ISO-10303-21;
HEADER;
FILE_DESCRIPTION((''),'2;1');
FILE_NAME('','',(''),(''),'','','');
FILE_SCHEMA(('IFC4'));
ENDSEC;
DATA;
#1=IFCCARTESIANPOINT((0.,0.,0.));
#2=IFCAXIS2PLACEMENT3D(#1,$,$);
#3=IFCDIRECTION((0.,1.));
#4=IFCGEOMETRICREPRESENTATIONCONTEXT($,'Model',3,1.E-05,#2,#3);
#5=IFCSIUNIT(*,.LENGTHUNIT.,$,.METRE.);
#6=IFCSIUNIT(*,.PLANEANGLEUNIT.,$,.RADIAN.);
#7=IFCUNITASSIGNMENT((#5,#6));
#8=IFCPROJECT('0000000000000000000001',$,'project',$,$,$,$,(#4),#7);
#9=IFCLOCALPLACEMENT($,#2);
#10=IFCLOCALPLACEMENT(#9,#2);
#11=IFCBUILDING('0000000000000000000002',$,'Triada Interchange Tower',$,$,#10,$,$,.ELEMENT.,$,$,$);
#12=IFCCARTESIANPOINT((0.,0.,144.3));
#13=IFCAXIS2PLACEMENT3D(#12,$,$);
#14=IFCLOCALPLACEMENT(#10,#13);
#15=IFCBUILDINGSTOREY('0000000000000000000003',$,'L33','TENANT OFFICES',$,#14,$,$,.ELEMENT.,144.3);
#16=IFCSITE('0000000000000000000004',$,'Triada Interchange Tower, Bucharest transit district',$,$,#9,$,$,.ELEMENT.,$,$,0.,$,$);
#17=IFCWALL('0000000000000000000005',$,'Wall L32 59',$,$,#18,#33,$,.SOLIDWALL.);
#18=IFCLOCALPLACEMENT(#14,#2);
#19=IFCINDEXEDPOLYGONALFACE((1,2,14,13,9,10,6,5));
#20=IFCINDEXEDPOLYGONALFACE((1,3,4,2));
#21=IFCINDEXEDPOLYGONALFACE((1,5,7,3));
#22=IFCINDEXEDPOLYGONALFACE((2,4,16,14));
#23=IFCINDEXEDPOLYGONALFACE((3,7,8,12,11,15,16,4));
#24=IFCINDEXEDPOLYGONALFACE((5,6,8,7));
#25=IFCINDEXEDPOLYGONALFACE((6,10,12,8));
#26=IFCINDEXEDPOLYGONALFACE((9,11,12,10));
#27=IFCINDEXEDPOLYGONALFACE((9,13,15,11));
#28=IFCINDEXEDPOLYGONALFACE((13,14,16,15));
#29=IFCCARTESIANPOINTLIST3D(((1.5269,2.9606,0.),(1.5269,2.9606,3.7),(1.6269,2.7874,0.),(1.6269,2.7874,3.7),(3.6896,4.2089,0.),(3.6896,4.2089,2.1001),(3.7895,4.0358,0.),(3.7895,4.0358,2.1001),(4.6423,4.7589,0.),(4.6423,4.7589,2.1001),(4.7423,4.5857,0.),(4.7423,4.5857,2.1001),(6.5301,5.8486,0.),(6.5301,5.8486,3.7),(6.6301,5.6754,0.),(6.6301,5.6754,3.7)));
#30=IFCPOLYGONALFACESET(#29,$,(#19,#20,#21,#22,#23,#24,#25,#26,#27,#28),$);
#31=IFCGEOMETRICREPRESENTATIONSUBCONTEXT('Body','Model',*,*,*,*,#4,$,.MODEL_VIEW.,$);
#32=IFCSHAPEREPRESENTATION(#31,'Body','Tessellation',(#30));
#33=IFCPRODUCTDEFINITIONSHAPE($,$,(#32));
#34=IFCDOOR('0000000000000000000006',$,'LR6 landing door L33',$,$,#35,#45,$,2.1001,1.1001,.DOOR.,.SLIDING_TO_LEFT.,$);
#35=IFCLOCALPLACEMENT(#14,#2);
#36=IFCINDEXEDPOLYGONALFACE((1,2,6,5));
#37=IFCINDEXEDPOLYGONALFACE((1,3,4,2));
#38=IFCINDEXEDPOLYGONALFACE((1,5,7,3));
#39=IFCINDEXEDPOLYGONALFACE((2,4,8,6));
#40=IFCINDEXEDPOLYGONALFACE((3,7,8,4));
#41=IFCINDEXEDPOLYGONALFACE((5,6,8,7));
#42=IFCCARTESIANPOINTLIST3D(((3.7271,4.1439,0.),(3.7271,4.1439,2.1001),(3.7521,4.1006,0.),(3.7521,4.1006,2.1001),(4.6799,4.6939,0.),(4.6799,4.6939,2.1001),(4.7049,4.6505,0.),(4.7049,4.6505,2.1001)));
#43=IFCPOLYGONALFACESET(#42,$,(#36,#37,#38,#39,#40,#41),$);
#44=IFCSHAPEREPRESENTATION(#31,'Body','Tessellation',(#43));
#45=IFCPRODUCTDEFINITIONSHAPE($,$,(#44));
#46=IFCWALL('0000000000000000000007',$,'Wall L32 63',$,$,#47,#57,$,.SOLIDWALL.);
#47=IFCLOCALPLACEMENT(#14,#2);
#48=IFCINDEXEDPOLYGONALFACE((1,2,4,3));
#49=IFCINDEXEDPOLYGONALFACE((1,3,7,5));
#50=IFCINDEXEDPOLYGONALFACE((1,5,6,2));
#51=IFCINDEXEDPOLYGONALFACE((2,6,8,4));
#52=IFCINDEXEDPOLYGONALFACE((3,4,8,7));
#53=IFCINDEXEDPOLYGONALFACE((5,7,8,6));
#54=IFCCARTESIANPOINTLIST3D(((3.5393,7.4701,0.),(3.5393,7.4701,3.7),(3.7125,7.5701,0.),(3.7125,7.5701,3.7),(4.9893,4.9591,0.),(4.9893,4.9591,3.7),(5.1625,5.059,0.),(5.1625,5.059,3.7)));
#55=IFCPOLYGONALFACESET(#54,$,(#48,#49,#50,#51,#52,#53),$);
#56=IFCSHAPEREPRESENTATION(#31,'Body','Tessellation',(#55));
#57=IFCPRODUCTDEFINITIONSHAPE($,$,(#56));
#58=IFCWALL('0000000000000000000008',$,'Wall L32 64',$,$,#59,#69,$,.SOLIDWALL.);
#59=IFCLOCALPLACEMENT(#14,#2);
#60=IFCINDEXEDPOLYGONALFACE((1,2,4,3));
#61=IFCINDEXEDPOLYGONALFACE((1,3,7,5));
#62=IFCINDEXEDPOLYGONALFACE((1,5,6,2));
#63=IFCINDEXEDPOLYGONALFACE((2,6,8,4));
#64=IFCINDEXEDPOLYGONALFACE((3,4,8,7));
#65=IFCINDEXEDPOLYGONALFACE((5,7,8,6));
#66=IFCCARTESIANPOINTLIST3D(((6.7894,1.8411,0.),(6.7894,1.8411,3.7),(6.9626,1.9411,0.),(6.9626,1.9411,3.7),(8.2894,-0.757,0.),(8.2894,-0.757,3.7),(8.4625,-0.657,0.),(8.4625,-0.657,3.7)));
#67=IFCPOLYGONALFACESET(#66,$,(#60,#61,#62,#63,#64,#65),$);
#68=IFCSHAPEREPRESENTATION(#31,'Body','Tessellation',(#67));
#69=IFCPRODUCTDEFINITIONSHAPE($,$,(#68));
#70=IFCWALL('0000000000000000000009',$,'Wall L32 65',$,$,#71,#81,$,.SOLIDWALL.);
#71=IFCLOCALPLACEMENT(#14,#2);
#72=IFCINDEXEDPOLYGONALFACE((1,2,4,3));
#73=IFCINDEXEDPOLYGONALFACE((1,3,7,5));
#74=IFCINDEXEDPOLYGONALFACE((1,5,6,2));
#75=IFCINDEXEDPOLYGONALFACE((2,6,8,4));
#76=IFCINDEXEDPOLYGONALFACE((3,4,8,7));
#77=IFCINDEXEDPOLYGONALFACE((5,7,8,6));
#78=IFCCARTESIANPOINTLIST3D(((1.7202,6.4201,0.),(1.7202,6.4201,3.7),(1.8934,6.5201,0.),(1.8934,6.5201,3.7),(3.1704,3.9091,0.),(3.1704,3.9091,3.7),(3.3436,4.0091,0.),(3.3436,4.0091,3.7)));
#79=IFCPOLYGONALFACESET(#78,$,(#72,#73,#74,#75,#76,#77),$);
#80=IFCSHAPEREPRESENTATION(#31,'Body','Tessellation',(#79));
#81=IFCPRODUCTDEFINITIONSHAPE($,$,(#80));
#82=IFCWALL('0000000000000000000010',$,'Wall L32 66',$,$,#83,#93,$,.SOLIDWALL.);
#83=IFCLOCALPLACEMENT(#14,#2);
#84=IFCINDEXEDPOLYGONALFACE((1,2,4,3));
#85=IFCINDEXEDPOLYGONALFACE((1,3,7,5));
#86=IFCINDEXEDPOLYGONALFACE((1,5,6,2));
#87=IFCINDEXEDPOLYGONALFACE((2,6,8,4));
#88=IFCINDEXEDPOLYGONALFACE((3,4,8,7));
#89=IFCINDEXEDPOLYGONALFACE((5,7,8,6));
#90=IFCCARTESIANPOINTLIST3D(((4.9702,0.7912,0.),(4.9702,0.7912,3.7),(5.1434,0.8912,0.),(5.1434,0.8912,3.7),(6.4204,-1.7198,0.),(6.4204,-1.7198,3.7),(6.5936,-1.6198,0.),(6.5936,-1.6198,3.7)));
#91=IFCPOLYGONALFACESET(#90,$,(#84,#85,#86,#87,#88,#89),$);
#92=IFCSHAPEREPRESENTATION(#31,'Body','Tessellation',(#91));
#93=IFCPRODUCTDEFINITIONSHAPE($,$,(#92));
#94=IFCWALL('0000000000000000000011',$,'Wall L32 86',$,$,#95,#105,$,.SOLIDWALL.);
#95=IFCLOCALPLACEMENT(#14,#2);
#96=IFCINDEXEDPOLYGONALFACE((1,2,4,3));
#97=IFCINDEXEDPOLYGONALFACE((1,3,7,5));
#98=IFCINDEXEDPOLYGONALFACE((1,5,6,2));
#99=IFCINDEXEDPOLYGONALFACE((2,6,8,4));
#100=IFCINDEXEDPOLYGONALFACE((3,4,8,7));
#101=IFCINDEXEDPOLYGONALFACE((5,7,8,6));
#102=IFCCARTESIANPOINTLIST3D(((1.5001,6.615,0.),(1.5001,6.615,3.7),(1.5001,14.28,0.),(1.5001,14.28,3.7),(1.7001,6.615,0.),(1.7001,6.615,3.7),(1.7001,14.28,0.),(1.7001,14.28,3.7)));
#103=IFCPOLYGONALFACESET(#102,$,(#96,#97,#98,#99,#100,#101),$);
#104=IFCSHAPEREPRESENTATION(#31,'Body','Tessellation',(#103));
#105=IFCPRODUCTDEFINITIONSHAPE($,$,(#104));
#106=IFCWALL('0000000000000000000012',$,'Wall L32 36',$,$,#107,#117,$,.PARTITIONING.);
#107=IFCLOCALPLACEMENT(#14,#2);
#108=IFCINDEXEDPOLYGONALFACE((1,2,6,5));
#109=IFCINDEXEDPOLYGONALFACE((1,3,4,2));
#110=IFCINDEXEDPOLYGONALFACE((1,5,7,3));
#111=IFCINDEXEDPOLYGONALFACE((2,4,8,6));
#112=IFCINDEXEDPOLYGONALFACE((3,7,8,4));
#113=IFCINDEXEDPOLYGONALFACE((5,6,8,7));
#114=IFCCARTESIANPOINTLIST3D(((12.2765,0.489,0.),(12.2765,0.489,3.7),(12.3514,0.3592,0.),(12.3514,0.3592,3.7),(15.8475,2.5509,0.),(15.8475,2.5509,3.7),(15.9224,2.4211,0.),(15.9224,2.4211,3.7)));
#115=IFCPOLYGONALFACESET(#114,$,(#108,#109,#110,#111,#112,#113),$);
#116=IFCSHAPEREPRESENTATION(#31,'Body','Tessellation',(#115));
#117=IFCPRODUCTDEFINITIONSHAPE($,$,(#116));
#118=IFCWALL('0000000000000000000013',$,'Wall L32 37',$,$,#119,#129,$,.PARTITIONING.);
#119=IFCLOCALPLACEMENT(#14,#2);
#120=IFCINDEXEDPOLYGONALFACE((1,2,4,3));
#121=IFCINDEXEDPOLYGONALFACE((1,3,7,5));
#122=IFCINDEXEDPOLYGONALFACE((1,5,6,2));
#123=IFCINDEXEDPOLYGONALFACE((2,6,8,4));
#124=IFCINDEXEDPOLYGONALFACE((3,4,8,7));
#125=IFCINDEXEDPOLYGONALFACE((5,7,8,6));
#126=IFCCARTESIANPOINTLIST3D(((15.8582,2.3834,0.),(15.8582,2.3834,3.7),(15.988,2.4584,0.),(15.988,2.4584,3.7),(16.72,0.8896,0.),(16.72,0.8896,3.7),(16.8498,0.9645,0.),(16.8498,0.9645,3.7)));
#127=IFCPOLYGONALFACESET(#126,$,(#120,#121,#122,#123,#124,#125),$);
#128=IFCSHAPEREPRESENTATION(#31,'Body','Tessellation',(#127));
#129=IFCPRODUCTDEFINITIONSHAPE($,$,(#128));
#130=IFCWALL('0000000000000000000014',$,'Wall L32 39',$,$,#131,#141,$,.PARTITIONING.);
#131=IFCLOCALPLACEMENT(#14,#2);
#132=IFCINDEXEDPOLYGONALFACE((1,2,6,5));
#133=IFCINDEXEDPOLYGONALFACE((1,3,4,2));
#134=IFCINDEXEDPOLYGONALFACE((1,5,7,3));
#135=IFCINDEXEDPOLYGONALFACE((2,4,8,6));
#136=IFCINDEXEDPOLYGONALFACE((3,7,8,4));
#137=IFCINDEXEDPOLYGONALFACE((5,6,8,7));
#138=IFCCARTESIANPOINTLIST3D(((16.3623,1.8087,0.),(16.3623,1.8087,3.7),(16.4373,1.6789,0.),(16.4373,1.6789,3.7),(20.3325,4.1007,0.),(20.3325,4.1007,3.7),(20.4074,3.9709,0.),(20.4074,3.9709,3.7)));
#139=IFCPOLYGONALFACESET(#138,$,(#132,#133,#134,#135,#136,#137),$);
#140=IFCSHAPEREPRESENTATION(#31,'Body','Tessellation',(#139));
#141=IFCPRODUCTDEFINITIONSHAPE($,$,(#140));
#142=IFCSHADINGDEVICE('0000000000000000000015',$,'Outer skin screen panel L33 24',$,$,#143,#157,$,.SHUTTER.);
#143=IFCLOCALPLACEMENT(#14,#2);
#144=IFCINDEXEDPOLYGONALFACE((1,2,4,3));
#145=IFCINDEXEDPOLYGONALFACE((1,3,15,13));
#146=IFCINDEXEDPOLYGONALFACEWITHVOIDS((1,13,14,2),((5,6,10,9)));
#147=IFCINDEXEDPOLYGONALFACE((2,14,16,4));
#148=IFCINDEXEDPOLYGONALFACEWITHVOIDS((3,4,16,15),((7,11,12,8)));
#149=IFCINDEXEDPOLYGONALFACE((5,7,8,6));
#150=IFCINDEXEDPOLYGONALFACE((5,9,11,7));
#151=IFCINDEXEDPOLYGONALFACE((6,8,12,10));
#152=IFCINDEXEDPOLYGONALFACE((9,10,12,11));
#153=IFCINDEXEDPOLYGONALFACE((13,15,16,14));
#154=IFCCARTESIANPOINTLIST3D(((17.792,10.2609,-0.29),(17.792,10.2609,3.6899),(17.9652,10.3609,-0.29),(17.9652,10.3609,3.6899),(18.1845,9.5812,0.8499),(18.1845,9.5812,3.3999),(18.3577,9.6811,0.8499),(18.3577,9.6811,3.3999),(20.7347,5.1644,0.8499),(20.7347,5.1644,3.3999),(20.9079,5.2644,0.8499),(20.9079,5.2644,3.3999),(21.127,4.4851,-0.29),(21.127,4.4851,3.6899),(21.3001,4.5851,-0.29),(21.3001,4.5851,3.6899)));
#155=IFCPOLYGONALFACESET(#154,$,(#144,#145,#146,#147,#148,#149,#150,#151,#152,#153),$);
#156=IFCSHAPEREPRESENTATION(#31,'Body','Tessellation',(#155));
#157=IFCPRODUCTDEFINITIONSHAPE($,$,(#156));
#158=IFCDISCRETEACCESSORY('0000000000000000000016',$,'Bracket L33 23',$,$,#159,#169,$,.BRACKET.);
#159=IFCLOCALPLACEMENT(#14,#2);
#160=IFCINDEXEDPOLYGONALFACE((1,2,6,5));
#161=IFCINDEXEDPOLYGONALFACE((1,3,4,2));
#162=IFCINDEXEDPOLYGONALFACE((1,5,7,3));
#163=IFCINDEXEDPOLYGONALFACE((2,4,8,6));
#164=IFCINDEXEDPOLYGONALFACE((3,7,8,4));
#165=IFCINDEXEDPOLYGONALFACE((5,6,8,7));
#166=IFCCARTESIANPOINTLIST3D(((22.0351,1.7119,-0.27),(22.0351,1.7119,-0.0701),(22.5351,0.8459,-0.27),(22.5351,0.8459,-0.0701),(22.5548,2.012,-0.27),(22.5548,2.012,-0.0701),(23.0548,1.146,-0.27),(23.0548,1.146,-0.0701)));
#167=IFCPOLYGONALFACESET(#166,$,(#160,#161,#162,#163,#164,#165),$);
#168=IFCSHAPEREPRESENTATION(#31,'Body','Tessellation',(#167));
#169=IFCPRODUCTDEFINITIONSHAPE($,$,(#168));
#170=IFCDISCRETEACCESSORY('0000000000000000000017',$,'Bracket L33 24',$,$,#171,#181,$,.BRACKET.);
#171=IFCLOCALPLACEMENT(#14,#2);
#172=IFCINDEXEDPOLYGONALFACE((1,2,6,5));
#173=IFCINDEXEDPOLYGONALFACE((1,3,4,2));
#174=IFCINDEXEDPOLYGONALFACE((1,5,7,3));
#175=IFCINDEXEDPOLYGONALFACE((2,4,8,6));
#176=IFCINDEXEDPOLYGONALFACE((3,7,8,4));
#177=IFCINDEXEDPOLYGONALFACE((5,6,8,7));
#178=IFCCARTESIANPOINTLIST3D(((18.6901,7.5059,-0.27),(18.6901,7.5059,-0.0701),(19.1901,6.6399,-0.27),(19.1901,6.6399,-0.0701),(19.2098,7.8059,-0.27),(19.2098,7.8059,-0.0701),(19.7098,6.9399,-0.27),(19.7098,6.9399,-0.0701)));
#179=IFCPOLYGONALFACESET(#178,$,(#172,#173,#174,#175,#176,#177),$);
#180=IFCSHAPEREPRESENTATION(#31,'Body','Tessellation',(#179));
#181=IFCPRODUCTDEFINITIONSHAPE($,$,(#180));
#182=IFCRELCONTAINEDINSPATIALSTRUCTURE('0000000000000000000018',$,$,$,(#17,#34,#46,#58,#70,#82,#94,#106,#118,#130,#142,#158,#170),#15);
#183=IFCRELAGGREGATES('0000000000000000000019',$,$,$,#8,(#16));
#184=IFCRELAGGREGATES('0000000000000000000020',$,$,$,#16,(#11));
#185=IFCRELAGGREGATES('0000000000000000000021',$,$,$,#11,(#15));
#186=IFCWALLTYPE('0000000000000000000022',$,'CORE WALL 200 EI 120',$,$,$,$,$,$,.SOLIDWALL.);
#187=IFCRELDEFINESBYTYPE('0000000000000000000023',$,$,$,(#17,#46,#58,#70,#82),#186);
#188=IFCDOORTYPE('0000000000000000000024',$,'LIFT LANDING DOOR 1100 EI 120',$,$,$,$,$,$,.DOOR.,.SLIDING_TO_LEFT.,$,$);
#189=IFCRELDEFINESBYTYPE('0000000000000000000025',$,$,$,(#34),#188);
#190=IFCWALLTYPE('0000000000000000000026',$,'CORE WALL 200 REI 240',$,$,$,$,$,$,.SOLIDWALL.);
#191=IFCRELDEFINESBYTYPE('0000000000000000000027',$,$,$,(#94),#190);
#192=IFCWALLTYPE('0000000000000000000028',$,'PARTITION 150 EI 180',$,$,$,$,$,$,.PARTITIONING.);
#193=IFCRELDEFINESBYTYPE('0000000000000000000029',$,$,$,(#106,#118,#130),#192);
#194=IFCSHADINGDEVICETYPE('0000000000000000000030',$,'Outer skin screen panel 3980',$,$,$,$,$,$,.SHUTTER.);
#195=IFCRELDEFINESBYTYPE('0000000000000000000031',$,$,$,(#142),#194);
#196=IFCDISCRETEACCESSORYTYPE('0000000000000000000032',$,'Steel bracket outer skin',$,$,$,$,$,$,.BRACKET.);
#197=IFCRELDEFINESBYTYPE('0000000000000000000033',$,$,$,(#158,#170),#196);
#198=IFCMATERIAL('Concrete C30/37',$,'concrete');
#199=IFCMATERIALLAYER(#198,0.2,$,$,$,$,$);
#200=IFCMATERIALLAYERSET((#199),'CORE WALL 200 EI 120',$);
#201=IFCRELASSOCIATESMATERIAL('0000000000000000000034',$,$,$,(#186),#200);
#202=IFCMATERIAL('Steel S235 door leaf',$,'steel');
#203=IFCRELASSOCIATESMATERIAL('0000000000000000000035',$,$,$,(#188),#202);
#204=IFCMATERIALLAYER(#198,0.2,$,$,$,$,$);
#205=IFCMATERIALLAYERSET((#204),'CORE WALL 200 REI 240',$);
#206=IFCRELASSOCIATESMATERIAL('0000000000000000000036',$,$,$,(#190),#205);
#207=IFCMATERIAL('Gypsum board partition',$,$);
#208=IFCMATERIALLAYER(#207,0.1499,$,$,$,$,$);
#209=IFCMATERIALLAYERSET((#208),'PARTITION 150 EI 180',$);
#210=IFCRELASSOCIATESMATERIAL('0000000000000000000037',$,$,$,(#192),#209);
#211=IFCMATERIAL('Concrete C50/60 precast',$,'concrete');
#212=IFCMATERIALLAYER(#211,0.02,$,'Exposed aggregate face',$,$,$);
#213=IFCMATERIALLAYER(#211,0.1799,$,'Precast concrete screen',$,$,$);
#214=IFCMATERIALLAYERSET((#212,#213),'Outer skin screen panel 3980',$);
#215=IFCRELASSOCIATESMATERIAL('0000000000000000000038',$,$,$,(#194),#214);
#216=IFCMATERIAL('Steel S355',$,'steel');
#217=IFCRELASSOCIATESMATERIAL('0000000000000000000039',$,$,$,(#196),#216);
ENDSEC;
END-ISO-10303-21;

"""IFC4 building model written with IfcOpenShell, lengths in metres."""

from ifc_helpers import new_model, si_unit, direction, frame, frame_2d, origin, origin_2d, place, context, subcontext, project, spatial, polyline, rectangle, outline, extrude, material, layer, layer_set, type_object, element, fill, save


model = new_model("IFC4")

# Units and contexts
model_context = context("Model", 3, precision=1e-05, world=origin(), true_north=direction((0.0, 1.0)))
body_context = subcontext(model_context, "Body", "Model", "MODEL_VIEW")
ifc_project = project(units=[si_unit("LENGTHUNIT", "METRE"), si_unit("PLANEANGLEUNIT", "RADIAN")], contexts=[model_context])

# Site, building, storey
site_placement = place(None, origin())
site = spatial("IfcSite", under=ifc_project, at=site_placement, Name="Triada Interchange Tower, Bucharest transit district", CompositionType="ELEMENT", RefElevation=0.0)
building_placement = place(site_placement, origin())
building = spatial("IfcBuilding", under=site, at=building_placement, Name="Triada Interchange Tower", CompositionType="ELEMENT")
storey_placement = place(building_placement, frame((0.0, 0.0, 144.3)))
storey = spatial("IfcBuildingStorey", under=building, at=storey_placement, Name="L33", Description="TENANT OFFICES", CompositionType="ELEMENT", Elevation=144.3)

# Wall, opening, door
ifc_material_1 = material(Name="Concrete C30/37", Category="concrete")
ifc_layer_1 = layer(ifc_material_1, 0.2)
ifc_layer_set_1 = layer_set([ifc_layer_1], Name="CORE WALL 200 EI 120")
wall_type_1 = type_object("IfcWallType", Name="CORE WALL 200 EI 120", PredefinedType="SOLIDWALL", material=ifc_layer_set_1)
ifc_material_2 = material(Name="Steel S235 door leaf", Category="steel")
door_type = type_object("IfcDoorType", Name="LIFT LANDING DOOR 1100 EI 120", OperationType="SLIDING_TO_LEFT", PredefinedType="DOOR", material=ifc_material_2)
wall_1_placement = place(storey_placement, frame((1.5769, 2.874, 0.0), z_axis=(0.0, 0.0, 1.0), x_axis=(0.866074, 0.499916, 0.0)))
wall_1 = element("IfcWall", 1, at=wall_1_placement, inside=storey, type_object=wall_type_1, Name="Wall L32 59", PredefinedType="SOLIDWALL", context=body_context, shape_type="SweptSolid", body=[
    extrude(rectangle(XDim=5.7769, YDim=0.2, at=frame_2d((2.8884, 0.0))), origin(), (0.0, 0.0, 1.0), 3.7),
])
opening_1_placement = place(wall_1_placement, frame((2.4971, 0.0, 0.0)))
opening_1 = element("IfcOpeningElement", 2, at=opening_1_placement, cuts=wall_1, PredefinedType="OPENING", context=body_context, shape_type="SweptSolid", body=[
    extrude(rectangle(XDim=1.1001, YDim=2.1001, at=frame_2d((0.55, 1.05))), frame((0.0, 0.1099, 0.0), z_axis=(0.0, -1.0, 0.0), x_axis=(1.0, 0.0, 0.0)), (0.0, 0.0, 1.0), 0.22),
])
door_1_placement = place(opening_1_placement, origin())
door_1 = element("IfcDoor", 3, at=door_1_placement, inside=storey, type_object=door_type, Name="LR6 landing door L33", OperationType="SLIDING_TO_LEFT", OverallHeight=2.1001, OverallWidth=1.1001, PredefinedType="DOOR", context=body_context, shape_type="SweptSolid", body=[
    extrude(rectangle(XDim=1.1001, YDim=2.1001, at=frame_2d((0.55, 1.05))), frame((0.0, 0.0249, 0.0), z_axis=(0.0, -1.0, 0.0), x_axis=(1.0, 0.0, 0.0)), (0.0, 0.0, 1.0), 0.05),
])
fill(opening_1, door_1)

# Walls
wall_2_placement = place(storey_placement, frame((3.626, 7.52, 0.0), z_axis=(0.0, 0.0, 1.0), x_axis=(0.50006, -0.865991, 0.0)))
element("IfcWall", 4, at=wall_2_placement, inside=storey, type_object=wall_type_1, Name="Wall L32 63", PredefinedType="SOLIDWALL", context=body_context, shape_type="SweptSolid", body=[
    extrude(rectangle(XDim=2.8997, YDim=0.2, at=frame_2d((1.4497, 0.0))), origin(), (0.0, 0.0, 1.0), 3.7),
])
wall_3_placement = place(storey_placement, frame((6.876, 1.8911, 0.0), z_axis=(0.0, 0.0, 1.0), x_axis=(0.49999, -0.866031, 0.0)))
element("IfcWall", 5, at=wall_3_placement, inside=storey, type_object=wall_type_1, Name="Wall L32 64", PredefinedType="SOLIDWALL", context=body_context, shape_type="SweptSolid", body=[
    extrude(rectangle(XDim=3.0, YDim=0.2, at=frame_2d((1.5, 0.0))), origin(), (0.0, 0.0, 1.0), 3.7),
])
for number, where, z_axis, x_axis, name in (
    (6, (1.8069, 6.47, 0.0), (0.0, 0.0, 1.0), (0.500123, -0.865954, 0.0), "Wall L32 65"),
    (7, (5.0569, 0.8411, 0.0), (0.0, 0.0, 1.0), (0.500123, -0.865954, 0.0), "Wall L32 66"),
):
    element("IfcWall", number, at=place(storey_placement, frame(where, z_axis=z_axis, x_axis=x_axis)), inside=storey, type_object=wall_type_1, Name=name, PredefinedType="SOLIDWALL", context=body_context, shape_type="SweptSolid", body=[
        extrude(rectangle(XDim=2.8997, YDim=0.2, at=frame_2d((1.4497, 0.0))), origin(), (0.0, 0.0, 1.0), 3.7),
    ])
ifc_layer_2 = layer(ifc_material_1, 0.2)
ifc_layer_set_2 = layer_set([ifc_layer_2], Name="CORE WALL 200 REI 240")
wall_type_2 = type_object("IfcWallType", Name="CORE WALL 200 REI 240", PredefinedType="SOLIDWALL", material=ifc_layer_set_2)
wall_4_placement = place(storey_placement, frame((1.6001, 6.615, 0.0), z_axis=(0.0, 0.0, 1.0), x_axis=(0.0, 1.0, 0.0)))
element("IfcWall", 8, at=wall_4_placement, inside=storey, type_object=wall_type_2, Name="Wall L32 86", PredefinedType="SOLIDWALL", context=body_context, shape_type="SweptSolid", body=[
    extrude(rectangle(XDim=7.665, YDim=0.2, at=frame_2d((3.8325, 0.0))), origin(), (0.0, 0.0, 1.0), 3.7),
])
ifc_material_3 = material(Name="Gypsum board partition")
ifc_layer_3 = layer(ifc_material_3, 0.1499)
ifc_layer_set_3 = layer_set([ifc_layer_3], Name="PARTITION 150 EI 180")
wall_type_3 = type_object("IfcWallType", Name="PARTITION 150 EI 180", PredefinedType="PARTITIONING", material=ifc_layer_set_3)
wall_5_placement = place(storey_placement, frame((12.314, 0.4241, 0.0), z_axis=(0.0, 0.0, 1.0), x_axis=(0.865997, 0.500049, 0.0)))
element("IfcWall", 9, at=wall_5_placement, inside=storey, type_object=wall_type_3, Name="Wall L32 36", PredefinedType="PARTITIONING", context=body_context, shape_type="SweptSolid", body=[
    extrude(rectangle(XDim=4.1235, YDim=0.1499, at=frame_2d((2.0618, 0.0))), origin(), (0.0, 0.0, 1.0), 3.7),
])
wall_6_placement = place(storey_placement, frame((15.9231, 2.4209, 0.0), z_axis=(0.0, 0.0, 1.0), x_axis=(0.499702, -0.866197, 0.0)))
element("IfcWall", 10, at=wall_6_placement, inside=storey, type_object=wall_type_3, Name="Wall L32 37", PredefinedType="PARTITIONING", context=body_context, shape_type="SweptSolid", body=[
    extrude(rectangle(XDim=1.7246, YDim=0.1499, at=frame_2d((0.8623, 0.0))), origin(), (0.0, 0.0, 1.0), 3.7),
])
wall_7_placement = place(storey_placement, frame((16.3999, 1.7439, 0.0), z_axis=(0.0, 0.0, 1.0), x_axis=(0.866045, 0.499965, 0.0)))
element("IfcWall", 11, at=wall_7_placement, inside=storey, type_object=wall_type_3, Name="Wall L32 39", PredefinedType="PARTITIONING", context=body_context, shape_type="SweptSolid", body=[
    extrude(rectangle(XDim=4.5842, YDim=0.1499, at=frame_2d((2.292, 0.0))), origin(), (0.0, 0.0, 1.0), 3.7),
])

# Shading device
ifc_material_4 = material(Name="Concrete C50/60 precast", Category="concrete")
ifc_layer_4 = layer(ifc_material_4, 0.02, Name="Exposed aggregate face")
ifc_layer_5 = layer(ifc_material_4, 0.1799, Name="Precast concrete screen")
ifc_layer_set_4 = layer_set([ifc_layer_4, ifc_layer_5], Name="Outer skin screen panel 3980")
shading_device_type = type_object("IfcShadingDeviceType", Name="Outer skin screen panel 3980", PredefinedType="SHUTTER", material=ifc_layer_set_4)
shading_device_placement = place(storey_placement, frame((21.127, 4.4851, -0.29), z_axis=(0.0, 0.0, 1.0), x_axis=(-0.500029, 0.866009, 0.0)))
element("IfcShadingDevice", 12, at=shading_device_placement, inside=storey, type_object=shading_device_type, Name="Outer skin screen panel L33 24", PredefinedType="SHUTTER", context=body_context, shape_type="SweptSolid", body=[
    extrude(outline(polyline([(0.0, 0.0), (6.6694, 0.0), (6.6694, 3.98), (0.0, 3.98), (0.0, 0.0)]), holes=[polyline([(0.7844, 1.1399), (0.7844, 3.6899), (5.8845, 3.6899), (5.8845, 1.1399), (0.7844, 1.1399)])]), frame((0.0, 0.0, 0.0), z_axis=(0.0, -1.0, 0.0), x_axis=(1.0, 0.0, 0.0)), (0.0, 0.0, 1.0), 0.2),
])

# Discrete accessories
ifc_material_5 = material(Name="Steel S355", Category="steel")
discrete_accessory_type = type_object("IfcDiscreteAccessoryType", Name="Steel bracket outer skin", PredefinedType="BRACKET", material=ifc_material_5)
for number, where, z_axis, x_axis, name in (
    (13, (22.5449, 1.429, -0.27), (0.0, 0.0, 1.0), (0.866021, 0.500007, 0.0), "Bracket L33 23"),
    (14, (19.2, 7.2229, -0.27), (0.0, 0.0, 1.0), (0.866021, 0.500007, 0.0), "Bracket L33 24"),
):
    element("IfcDiscreteAccessory", number, at=place(storey_placement, frame(where, z_axis=z_axis, x_axis=x_axis)), inside=storey, type_object=discrete_accessory_type, Name=name, PredefinedType="BRACKET", context=body_context, shape_type="SweptSolid", body=[
        extrude(rectangle(XDim=0.6001, YDim=1.0, at=origin_2d()), origin(), (0.0, 0.0, 1.0), 0.2),
    ])

save(model, "model.ifc")
